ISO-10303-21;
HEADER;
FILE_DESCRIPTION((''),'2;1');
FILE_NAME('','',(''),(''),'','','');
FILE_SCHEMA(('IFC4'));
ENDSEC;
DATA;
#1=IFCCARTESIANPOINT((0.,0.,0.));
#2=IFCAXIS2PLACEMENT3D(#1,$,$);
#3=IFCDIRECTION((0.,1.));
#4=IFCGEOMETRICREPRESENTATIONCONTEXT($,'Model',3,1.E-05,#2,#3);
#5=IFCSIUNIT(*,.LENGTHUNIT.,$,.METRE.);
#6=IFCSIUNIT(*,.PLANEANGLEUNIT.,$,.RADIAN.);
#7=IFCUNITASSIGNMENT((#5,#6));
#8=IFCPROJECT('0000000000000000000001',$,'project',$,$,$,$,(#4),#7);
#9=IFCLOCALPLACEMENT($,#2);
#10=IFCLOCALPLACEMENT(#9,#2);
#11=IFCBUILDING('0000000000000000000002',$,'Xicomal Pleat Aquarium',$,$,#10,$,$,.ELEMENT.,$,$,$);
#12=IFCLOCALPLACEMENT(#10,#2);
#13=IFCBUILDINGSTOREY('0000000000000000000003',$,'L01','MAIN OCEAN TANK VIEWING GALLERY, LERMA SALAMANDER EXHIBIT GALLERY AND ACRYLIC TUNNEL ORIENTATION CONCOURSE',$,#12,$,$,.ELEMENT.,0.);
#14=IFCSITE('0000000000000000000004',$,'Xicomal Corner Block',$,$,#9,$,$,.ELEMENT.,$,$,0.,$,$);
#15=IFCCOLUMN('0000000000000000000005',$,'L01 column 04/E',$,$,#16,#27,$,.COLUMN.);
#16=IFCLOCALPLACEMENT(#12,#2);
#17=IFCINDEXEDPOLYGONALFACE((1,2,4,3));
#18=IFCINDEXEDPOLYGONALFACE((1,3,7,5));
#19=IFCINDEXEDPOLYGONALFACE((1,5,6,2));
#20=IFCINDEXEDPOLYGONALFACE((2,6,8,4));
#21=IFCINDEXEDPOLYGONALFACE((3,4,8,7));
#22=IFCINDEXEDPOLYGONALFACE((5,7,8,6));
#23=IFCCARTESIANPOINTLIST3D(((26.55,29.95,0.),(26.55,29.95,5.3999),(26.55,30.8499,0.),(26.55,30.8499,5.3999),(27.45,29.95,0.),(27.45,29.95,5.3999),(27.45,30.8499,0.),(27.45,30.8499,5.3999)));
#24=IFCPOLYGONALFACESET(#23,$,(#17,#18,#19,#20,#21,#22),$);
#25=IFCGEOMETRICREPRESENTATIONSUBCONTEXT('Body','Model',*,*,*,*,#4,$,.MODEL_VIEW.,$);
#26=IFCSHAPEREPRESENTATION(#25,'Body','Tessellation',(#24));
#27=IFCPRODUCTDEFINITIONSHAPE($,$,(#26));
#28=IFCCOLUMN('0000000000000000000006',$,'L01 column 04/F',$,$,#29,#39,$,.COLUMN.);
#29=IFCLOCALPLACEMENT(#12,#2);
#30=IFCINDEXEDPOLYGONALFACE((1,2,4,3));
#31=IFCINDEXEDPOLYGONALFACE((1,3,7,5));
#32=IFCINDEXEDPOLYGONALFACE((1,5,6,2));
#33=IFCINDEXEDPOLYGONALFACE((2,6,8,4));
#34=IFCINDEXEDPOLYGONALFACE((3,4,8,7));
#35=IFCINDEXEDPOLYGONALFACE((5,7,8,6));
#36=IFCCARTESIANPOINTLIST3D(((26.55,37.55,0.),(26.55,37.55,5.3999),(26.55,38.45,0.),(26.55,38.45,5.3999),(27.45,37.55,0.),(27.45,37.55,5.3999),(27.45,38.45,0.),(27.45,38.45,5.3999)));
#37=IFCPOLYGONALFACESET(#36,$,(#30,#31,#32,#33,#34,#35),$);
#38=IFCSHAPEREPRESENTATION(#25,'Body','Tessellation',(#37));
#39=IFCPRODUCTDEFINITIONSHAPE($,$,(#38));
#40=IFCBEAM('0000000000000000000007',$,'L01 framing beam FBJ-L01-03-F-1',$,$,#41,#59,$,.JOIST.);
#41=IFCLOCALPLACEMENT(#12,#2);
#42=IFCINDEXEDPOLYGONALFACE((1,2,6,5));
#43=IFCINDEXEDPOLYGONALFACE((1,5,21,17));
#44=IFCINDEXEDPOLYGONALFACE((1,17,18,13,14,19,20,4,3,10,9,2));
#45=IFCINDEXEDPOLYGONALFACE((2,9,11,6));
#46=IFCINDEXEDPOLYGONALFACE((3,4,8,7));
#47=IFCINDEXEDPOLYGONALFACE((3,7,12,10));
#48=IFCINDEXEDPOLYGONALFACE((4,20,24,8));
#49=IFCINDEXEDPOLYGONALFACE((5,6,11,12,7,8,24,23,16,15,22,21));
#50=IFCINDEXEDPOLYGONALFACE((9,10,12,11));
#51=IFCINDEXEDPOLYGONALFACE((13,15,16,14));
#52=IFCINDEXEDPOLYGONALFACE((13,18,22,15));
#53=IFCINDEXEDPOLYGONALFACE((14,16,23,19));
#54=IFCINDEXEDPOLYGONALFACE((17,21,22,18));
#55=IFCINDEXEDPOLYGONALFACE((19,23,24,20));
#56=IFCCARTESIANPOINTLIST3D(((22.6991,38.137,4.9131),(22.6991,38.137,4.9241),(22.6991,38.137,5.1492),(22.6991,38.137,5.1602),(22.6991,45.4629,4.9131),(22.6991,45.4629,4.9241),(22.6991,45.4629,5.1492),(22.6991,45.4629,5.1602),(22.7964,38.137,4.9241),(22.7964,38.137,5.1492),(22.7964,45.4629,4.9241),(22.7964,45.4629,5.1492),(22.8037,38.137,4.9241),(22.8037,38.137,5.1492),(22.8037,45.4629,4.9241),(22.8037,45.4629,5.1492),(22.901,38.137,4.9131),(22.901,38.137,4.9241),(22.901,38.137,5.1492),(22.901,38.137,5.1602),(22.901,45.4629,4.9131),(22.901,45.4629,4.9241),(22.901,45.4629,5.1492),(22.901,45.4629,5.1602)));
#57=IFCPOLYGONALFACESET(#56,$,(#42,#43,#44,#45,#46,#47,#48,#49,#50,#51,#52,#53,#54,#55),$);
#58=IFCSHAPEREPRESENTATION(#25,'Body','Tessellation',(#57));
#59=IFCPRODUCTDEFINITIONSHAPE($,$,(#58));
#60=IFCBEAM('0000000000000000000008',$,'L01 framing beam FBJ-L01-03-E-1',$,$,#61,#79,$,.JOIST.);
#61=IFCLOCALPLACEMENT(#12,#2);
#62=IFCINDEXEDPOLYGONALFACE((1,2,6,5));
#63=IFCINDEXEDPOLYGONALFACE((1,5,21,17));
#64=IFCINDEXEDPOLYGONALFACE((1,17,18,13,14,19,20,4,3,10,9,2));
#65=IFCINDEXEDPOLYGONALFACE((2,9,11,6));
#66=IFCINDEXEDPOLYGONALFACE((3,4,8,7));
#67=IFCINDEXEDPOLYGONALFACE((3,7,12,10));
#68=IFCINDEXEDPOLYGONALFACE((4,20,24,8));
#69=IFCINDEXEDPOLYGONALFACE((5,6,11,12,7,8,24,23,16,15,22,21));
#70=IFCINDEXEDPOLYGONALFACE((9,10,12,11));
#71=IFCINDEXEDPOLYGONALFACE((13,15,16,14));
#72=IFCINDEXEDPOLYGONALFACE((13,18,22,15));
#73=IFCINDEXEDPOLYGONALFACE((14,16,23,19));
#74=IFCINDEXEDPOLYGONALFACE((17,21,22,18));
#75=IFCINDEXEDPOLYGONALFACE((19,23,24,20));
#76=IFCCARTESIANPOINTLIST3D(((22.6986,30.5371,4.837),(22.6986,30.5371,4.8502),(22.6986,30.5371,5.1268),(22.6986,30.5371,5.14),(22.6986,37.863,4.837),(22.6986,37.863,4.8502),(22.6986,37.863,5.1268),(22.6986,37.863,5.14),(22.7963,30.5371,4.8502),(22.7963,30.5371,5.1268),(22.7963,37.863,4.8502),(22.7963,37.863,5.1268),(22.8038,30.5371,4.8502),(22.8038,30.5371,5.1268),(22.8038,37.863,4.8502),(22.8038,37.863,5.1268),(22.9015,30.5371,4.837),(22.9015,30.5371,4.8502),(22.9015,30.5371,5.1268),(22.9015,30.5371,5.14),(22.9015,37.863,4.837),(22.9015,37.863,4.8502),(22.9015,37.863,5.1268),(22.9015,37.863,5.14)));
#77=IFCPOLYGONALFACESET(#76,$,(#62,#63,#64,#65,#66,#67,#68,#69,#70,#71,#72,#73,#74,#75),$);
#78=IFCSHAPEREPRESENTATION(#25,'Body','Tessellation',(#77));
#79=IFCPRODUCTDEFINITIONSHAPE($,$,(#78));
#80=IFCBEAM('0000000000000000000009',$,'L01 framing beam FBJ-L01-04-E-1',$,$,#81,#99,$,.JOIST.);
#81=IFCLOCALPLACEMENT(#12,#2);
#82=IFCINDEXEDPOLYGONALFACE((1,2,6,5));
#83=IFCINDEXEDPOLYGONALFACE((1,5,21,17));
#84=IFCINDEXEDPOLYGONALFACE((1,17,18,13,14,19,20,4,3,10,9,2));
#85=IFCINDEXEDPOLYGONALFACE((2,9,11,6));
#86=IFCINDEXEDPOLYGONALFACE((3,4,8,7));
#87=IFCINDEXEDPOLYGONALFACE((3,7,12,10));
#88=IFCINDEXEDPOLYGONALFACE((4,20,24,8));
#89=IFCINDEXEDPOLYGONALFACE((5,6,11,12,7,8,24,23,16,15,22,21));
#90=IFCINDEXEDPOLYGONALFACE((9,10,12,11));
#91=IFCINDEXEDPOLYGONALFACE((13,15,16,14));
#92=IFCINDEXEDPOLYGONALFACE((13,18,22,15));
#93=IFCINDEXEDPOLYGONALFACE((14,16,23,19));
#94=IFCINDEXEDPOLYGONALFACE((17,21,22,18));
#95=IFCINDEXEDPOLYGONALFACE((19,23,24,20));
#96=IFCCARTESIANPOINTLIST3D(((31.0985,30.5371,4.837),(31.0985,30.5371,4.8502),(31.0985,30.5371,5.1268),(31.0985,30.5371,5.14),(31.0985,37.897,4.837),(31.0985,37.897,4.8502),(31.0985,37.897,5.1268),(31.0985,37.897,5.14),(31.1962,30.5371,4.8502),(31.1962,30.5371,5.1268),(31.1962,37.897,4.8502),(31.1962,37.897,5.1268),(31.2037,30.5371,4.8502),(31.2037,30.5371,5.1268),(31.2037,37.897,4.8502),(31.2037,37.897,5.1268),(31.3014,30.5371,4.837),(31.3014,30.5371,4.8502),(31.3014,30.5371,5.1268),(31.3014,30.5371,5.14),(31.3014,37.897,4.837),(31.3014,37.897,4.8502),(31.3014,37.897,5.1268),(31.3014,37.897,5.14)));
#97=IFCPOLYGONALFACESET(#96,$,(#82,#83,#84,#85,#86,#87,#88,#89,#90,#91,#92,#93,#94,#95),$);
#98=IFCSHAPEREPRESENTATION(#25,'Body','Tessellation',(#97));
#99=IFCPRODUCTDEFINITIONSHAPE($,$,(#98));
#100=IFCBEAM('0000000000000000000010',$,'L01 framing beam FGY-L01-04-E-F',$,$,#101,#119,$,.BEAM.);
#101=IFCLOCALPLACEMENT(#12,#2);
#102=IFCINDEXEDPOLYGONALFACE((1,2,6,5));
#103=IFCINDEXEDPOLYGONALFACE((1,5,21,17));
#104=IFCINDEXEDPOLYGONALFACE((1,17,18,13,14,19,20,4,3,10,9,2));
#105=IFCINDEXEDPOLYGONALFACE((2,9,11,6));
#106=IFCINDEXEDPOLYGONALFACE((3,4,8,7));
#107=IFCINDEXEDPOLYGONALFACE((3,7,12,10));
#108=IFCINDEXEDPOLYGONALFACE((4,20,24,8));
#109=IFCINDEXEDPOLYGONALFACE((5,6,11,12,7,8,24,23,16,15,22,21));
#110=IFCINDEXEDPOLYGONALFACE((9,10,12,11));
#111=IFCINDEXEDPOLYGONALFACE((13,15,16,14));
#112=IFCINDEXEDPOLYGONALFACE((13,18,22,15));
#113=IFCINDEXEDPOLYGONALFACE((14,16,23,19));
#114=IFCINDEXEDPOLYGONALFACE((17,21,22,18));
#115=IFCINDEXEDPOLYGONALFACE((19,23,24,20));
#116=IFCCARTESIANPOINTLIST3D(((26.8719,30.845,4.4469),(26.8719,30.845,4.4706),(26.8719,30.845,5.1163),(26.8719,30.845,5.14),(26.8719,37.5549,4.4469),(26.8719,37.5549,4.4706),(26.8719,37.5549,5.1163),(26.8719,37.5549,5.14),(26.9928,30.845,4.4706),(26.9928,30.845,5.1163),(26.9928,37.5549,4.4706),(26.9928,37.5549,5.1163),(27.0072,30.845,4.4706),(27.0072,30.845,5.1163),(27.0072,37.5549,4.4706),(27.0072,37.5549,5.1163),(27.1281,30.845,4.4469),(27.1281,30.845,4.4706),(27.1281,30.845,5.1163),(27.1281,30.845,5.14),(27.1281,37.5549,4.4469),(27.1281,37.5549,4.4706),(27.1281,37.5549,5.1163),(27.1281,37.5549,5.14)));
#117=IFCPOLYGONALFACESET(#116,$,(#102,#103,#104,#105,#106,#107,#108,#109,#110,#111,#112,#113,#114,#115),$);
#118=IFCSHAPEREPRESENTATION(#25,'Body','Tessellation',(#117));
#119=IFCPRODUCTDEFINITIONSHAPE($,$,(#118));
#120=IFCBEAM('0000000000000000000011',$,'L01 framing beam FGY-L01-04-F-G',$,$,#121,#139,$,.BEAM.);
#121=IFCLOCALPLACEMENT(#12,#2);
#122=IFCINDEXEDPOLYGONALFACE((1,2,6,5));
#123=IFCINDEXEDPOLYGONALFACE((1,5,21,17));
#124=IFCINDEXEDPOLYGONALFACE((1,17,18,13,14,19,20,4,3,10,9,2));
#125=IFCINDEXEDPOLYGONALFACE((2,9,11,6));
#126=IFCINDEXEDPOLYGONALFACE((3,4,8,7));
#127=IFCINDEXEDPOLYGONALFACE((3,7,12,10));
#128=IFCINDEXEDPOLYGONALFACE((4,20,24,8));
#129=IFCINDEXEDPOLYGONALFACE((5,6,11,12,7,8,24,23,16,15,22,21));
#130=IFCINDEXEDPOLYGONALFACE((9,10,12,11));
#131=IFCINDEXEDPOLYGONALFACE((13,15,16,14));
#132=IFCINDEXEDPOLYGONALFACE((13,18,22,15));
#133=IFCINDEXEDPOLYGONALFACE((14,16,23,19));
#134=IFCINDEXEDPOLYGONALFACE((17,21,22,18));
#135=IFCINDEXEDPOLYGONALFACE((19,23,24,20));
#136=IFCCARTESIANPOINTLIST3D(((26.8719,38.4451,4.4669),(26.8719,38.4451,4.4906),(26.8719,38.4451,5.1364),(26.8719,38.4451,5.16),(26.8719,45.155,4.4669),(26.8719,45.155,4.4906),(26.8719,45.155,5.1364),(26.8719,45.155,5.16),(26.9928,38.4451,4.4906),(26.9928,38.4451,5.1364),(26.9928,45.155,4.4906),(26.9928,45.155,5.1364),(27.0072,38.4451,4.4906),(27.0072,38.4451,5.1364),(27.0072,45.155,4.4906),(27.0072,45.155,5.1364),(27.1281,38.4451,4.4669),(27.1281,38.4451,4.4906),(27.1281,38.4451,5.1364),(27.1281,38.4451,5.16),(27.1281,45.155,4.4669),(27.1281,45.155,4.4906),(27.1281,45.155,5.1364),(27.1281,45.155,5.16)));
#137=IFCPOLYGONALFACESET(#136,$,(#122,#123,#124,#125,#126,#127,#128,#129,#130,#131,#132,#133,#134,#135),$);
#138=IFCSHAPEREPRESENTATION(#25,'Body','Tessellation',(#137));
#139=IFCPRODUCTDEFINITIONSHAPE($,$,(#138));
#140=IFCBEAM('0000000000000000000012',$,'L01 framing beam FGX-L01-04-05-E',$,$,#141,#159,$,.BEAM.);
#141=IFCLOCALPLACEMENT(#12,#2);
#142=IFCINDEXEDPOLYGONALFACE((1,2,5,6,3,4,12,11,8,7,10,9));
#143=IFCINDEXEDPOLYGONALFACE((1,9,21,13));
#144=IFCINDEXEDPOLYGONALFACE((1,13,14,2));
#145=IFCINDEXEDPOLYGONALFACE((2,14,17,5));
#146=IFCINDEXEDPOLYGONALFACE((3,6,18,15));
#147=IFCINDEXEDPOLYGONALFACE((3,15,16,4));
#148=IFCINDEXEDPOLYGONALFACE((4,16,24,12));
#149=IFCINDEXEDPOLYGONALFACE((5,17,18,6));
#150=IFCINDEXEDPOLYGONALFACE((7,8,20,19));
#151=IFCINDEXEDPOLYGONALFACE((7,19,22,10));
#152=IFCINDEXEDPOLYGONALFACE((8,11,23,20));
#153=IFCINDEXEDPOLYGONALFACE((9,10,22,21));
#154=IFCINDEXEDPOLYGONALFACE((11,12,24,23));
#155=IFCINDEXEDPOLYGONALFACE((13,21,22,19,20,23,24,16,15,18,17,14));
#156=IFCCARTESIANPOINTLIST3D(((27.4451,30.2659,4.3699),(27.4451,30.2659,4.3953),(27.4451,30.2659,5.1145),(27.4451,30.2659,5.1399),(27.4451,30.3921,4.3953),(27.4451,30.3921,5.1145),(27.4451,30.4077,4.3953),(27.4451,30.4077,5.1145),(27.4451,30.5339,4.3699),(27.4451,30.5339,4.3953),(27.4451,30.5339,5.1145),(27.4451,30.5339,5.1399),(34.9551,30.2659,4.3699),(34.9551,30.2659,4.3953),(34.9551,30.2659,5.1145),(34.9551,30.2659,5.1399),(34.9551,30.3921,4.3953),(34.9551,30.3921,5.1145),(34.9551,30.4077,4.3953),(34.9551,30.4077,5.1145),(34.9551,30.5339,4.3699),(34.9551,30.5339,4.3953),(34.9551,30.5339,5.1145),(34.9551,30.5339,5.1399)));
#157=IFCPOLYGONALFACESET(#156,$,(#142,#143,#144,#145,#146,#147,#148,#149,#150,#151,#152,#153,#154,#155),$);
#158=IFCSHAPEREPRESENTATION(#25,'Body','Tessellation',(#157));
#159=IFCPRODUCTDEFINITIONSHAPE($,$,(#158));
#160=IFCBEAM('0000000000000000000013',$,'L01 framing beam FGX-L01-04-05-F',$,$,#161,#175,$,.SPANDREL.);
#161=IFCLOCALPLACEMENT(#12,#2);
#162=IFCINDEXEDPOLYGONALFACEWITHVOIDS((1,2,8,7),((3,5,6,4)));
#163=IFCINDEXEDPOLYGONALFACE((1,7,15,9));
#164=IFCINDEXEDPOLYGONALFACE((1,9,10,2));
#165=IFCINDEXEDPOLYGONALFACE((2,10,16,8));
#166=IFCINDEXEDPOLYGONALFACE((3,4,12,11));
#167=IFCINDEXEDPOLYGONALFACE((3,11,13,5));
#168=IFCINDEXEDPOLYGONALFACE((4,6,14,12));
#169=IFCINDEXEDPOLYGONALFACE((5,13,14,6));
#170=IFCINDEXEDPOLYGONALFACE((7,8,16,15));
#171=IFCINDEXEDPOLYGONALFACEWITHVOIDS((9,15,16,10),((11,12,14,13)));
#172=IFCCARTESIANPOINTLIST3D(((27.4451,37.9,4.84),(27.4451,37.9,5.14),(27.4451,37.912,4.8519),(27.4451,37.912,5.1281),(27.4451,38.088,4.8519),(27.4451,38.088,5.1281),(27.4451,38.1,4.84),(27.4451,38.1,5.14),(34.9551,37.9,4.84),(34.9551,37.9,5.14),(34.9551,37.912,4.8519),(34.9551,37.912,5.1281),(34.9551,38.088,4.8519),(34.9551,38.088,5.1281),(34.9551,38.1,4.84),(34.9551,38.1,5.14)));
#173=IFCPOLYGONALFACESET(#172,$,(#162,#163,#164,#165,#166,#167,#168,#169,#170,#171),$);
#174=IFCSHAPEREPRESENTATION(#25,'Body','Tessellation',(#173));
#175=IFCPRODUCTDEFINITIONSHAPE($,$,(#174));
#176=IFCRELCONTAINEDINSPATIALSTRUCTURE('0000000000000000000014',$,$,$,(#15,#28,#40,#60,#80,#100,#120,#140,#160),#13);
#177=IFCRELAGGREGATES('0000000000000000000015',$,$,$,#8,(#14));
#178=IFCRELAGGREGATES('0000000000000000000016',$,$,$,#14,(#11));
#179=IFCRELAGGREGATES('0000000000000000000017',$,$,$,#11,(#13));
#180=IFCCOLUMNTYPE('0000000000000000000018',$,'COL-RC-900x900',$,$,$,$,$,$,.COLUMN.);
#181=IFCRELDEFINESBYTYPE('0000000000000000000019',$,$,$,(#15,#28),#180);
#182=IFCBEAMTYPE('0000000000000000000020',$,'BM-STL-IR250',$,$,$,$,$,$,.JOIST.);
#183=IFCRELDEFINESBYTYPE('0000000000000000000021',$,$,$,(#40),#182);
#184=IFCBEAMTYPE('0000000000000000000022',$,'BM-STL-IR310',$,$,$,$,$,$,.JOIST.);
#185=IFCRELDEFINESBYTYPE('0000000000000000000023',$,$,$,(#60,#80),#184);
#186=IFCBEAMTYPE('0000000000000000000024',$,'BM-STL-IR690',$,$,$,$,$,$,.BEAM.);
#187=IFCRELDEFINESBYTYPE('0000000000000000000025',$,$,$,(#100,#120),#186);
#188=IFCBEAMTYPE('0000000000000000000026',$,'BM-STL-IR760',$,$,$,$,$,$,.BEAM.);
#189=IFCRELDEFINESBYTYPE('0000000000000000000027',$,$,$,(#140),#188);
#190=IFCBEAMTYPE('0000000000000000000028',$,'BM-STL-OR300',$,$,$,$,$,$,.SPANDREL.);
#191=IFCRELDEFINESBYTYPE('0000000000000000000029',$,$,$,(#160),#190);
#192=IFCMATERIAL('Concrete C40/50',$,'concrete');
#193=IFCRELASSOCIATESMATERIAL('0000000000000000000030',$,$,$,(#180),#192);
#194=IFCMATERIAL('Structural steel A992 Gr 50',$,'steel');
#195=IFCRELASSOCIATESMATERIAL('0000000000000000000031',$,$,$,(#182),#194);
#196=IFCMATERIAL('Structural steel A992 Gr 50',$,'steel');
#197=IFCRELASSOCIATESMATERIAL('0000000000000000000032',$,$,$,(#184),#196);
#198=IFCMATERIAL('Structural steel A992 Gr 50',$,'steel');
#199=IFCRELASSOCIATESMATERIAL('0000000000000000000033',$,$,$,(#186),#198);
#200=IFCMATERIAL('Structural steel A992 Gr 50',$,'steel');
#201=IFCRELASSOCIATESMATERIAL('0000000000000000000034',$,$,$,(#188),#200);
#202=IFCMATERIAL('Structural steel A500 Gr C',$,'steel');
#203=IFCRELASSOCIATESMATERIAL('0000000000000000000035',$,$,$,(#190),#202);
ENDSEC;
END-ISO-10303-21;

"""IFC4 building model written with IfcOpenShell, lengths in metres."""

from ifc_helpers import new_model, si_unit, direction, frame, origin, origin_2d, place, context, subcontext, project, spatial, rectangle, hollow_rectangle, i_section, extrude, material, material_profile, profile_set, type_object, element, save


model = new_model("IFC4")

# Units and contexts
model_context = context("Model", 3, precision=1e-05, world=origin(), true_north=direction((0.0, 1.0)))
body_context = subcontext(model_context, "Body", "Model", "MODEL_VIEW")
ifc_project = project(units=[si_unit("LENGTHUNIT", "METRE"), si_unit("PLANEANGLEUNIT", "RADIAN")], contexts=[model_context])

# Site, building, storey
site_placement = place(None, origin())
site = spatial("IfcSite", under=ifc_project, at=site_placement, Name="Xicomal Corner Block", CompositionType="ELEMENT", RefElevation=0.0)
building_placement = place(site_placement, origin())
building = spatial("IfcBuilding", under=site, at=building_placement, Name="Xicomal Pleat Aquarium", CompositionType="ELEMENT")
storey_placement = place(building_placement, origin())
storey = spatial("IfcBuildingStorey", under=building, at=storey_placement, Name="L01", Description="MAIN OCEAN TANK VIEWING GALLERY, LERMA SALAMANDER EXHIBIT GALLERY AND ACRYLIC TUNNEL ORIENTATION CONCOURSE", CompositionType="ELEMENT", Elevation=0.0)

# Columns
ifc_material_1 = material(Name="Concrete C40/50", Category="concrete")
ifc_material_profile_1 = material_profile(ifc_material_1, rectangle(XDim=0.8999, YDim=0.8999, at=origin_2d()), Name="RC 900x900")
ifc_profile_set_1 = profile_set([ifc_material_profile_1], Name="Concrete C40/50")
column_type = type_object("IfcColumnType", Name="COL-RC-900x900", PredefinedType="COLUMN", material=ifc_profile_set_1)
for number, where, z_axis, x_axis, name in (
    (1, (27.0, 30.3999, 0.0), (0.0, 0.0, 1.0), (1.0, 0.0, 0.0), "L01 column 04/E"),
    (2, (27.0, 38.0, 0.0), (0.0, 0.0, 1.0), (1.0, 0.0, 0.0), "L01 column 04/F"),
):
    element("IfcColumn", number, at=place(storey_placement, frame(where, z_axis=z_axis, x_axis=x_axis)), inside=storey, type_object=column_type, Name=name, PredefinedType="COLUMN", context=body_context, shape_type="SweptSolid", body=[
        extrude(rectangle(XDim=0.8999, YDim=0.8999, at=origin_2d()), origin(), (0.0, 0.0, 1.0), 5.3999),
    ])

# Beams
ifc_material_2 = material(Name="Structural steel A992 Gr 50", Category="steel")
ifc_material_profile_2 = material_profile(ifc_material_2, i_section(OverallWidth=0.2019, OverallDepth=0.2471, WebThickness=0.0073, FlangeThickness=0.011, at=origin_2d()), Name="IR 250x49")
ifc_profile_set_2 = profile_set([ifc_material_profile_2], Name="Structural steel A992 Gr 50")
beam_type_1 = type_object("IfcBeamType", Name="BM-STL-IR250", PredefinedType="JOIST", material=ifc_profile_set_2)
beam_1_placement = place(storey_placement, frame((22.8, 38.137, 5.0366), z_axis=(0.0, 1.0, 0.0), x_axis=(-1.0, 0.0, 0.0)))
element("IfcBeam", 3, at=beam_1_placement, inside=storey, type_object=beam_type_1, Name="L01 framing beam FBJ-L01-03-F-1", PredefinedType="JOIST", context=body_context, shape_type="SweptSolid", body=[
    extrude(i_section(OverallWidth=0.2019, OverallDepth=0.2471, WebThickness=0.0073, FlangeThickness=0.011, at=origin_2d()), origin(), (0.0, 0.0, 1.0), 7.3259),
])
ifc_material_3 = material(Name="Structural steel A992 Gr 50", Category="steel")
ifc_material_profile_3 = material_profile(ifc_material_3, i_section(OverallWidth=0.2029, OverallDepth=0.303, WebThickness=0.0076, FlangeThickness=0.0132, at=origin_2d()), Name="IR 310x60")
ifc_profile_set_3 = profile_set([ifc_material_profile_3], Name="Structural steel A992 Gr 50")
beam_type_2 = type_object("IfcBeamType", Name="BM-STL-IR310", PredefinedType="JOIST", material=ifc_profile_set_3)
beam_2_placement = place(storey_placement, frame((22.8, 30.5371, 4.9885), z_axis=(0.0, 1.0, 0.0), x_axis=(-1.0, 0.0, 0.0)))
element("IfcBeam", 4, at=beam_2_placement, inside=storey, type_object=beam_type_2, Name="L01 framing beam FBJ-L01-03-E-1", PredefinedType="JOIST", context=body_context, shape_type="SweptSolid", body=[
    extrude(i_section(OverallWidth=0.2029, OverallDepth=0.303, WebThickness=0.0076, FlangeThickness=0.0132, at=origin_2d()), origin(), (0.0, 0.0, 1.0), 7.3259),
])
beam_3_placement = place(storey_placement, frame((31.2, 30.5371, 4.9885), z_axis=(0.0, 1.0, 0.0), x_axis=(-1.0, 0.0, 0.0)))
element("IfcBeam", 5, at=beam_3_placement, inside=storey, type_object=beam_type_2, Name="L01 framing beam FBJ-L01-04-E-1", PredefinedType="JOIST", context=body_context, shape_type="SweptSolid", body=[
    extrude(i_section(OverallWidth=0.2029, OverallDepth=0.303, WebThickness=0.0076, FlangeThickness=0.0132, at=origin_2d()), origin(), (0.0, 0.0, 1.0), 7.3599),
])
ifc_material_4 = material(Name="Structural steel A992 Gr 50", Category="steel")
ifc_material_profile_4 = material_profile(ifc_material_4, i_section(OverallWidth=0.2561, OverallDepth=0.6931, WebThickness=0.0144, FlangeThickness=0.0237, at=origin_2d()), Name="IR 690x170")
ifc_profile_set_4 = profile_set([ifc_material_profile_4], Name="Structural steel A992 Gr 50")
beam_type_3 = type_object("IfcBeamType", Name="BM-STL-IR690", PredefinedType="BEAM", material=ifc_profile_set_4)
for number, where, z_axis, x_axis, name in (
    (6, (27.0, 30.845, 4.7935), (0.0, 1.0, 0.0), (-1.0, 0.0, 0.0), "L01 framing beam FGY-L01-04-E-F"),
    (7, (27.0, 38.4451, 4.8135), (0.0, 1.0, 0.0), (-1.0, 0.0, 0.0), "L01 framing beam FGY-L01-04-F-G"),
):
    element("IfcBeam", number, at=place(storey_placement, frame(where, z_axis=z_axis, x_axis=x_axis)), inside=storey, type_object=beam_type_3, Name=name, PredefinedType="BEAM", context=body_context, shape_type="SweptSolid", body=[
        extrude(i_section(OverallWidth=0.2561, OverallDepth=0.6931, WebThickness=0.0144, FlangeThickness=0.0237, at=origin_2d()), origin(), (0.0, 0.0, 1.0), 6.71),
    ])
ifc_material_5 = material(Name="Structural steel A992 Gr 50", Category="steel")
ifc_material_profile_5 = material_profile(ifc_material_5, i_section(OverallWidth=0.2681, OverallDepth=0.77, WebThickness=0.0156, FlangeThickness=0.0254, at=origin_2d()), Name="IR 760x196")
ifc_profile_set_5 = profile_set([ifc_material_profile_5], Name="Structural steel A992 Gr 50")
beam_type_4 = type_object("IfcBeamType", Name="BM-STL-IR760", PredefinedType="BEAM", material=ifc_profile_set_5)
beam_4_placement = place(storey_placement, frame((27.4451, 30.3999, 4.7549), z_axis=(1.0, 0.0, 0.0), x_axis=(0.0, 1.0, 0.0)))
element("IfcBeam", 8, at=beam_4_placement, inside=storey, type_object=beam_type_4, Name="L01 framing beam FGX-L01-04-05-E", PredefinedType="BEAM", context=body_context, shape_type="SweptSolid", body=[
    extrude(i_section(OverallWidth=0.2681, OverallDepth=0.77, WebThickness=0.0156, FlangeThickness=0.0254, at=origin_2d()), origin(), (0.0, 0.0, 1.0), 7.51),
])
ifc_material_6 = material(Name="Structural steel A500 Gr C", Category="steel")
ifc_material_profile_6 = material_profile(ifc_material_6, hollow_rectangle(XDim=0.2, YDim=0.3, WallThickness=0.012, at=origin_2d()), Name="OR 300x200x12")
ifc_profile_set_6 = profile_set([ifc_material_profile_6], Name="Structural steel A500 Gr C")
beam_type_5 = type_object("IfcBeamType", Name="BM-STL-OR300", PredefinedType="SPANDREL", material=ifc_profile_set_6)
beam_5_placement = place(storey_placement, frame((27.4451, 38.0, 4.99), z_axis=(1.0, 0.0, 0.0), x_axis=(0.0, 1.0, 0.0)))
element("IfcBeam", 9, at=beam_5_placement, inside=storey, type_object=beam_type_5, Name="L01 framing beam FGX-L01-04-05-F", PredefinedType="SPANDREL", context=body_context, shape_type="SweptSolid", body=[
    extrude(hollow_rectangle(XDim=0.2, YDim=0.3, WallThickness=0.012, at=origin_2d()), origin(), (0.0, 0.0, 1.0), 7.51),
])

save(model, "model.ifc")
